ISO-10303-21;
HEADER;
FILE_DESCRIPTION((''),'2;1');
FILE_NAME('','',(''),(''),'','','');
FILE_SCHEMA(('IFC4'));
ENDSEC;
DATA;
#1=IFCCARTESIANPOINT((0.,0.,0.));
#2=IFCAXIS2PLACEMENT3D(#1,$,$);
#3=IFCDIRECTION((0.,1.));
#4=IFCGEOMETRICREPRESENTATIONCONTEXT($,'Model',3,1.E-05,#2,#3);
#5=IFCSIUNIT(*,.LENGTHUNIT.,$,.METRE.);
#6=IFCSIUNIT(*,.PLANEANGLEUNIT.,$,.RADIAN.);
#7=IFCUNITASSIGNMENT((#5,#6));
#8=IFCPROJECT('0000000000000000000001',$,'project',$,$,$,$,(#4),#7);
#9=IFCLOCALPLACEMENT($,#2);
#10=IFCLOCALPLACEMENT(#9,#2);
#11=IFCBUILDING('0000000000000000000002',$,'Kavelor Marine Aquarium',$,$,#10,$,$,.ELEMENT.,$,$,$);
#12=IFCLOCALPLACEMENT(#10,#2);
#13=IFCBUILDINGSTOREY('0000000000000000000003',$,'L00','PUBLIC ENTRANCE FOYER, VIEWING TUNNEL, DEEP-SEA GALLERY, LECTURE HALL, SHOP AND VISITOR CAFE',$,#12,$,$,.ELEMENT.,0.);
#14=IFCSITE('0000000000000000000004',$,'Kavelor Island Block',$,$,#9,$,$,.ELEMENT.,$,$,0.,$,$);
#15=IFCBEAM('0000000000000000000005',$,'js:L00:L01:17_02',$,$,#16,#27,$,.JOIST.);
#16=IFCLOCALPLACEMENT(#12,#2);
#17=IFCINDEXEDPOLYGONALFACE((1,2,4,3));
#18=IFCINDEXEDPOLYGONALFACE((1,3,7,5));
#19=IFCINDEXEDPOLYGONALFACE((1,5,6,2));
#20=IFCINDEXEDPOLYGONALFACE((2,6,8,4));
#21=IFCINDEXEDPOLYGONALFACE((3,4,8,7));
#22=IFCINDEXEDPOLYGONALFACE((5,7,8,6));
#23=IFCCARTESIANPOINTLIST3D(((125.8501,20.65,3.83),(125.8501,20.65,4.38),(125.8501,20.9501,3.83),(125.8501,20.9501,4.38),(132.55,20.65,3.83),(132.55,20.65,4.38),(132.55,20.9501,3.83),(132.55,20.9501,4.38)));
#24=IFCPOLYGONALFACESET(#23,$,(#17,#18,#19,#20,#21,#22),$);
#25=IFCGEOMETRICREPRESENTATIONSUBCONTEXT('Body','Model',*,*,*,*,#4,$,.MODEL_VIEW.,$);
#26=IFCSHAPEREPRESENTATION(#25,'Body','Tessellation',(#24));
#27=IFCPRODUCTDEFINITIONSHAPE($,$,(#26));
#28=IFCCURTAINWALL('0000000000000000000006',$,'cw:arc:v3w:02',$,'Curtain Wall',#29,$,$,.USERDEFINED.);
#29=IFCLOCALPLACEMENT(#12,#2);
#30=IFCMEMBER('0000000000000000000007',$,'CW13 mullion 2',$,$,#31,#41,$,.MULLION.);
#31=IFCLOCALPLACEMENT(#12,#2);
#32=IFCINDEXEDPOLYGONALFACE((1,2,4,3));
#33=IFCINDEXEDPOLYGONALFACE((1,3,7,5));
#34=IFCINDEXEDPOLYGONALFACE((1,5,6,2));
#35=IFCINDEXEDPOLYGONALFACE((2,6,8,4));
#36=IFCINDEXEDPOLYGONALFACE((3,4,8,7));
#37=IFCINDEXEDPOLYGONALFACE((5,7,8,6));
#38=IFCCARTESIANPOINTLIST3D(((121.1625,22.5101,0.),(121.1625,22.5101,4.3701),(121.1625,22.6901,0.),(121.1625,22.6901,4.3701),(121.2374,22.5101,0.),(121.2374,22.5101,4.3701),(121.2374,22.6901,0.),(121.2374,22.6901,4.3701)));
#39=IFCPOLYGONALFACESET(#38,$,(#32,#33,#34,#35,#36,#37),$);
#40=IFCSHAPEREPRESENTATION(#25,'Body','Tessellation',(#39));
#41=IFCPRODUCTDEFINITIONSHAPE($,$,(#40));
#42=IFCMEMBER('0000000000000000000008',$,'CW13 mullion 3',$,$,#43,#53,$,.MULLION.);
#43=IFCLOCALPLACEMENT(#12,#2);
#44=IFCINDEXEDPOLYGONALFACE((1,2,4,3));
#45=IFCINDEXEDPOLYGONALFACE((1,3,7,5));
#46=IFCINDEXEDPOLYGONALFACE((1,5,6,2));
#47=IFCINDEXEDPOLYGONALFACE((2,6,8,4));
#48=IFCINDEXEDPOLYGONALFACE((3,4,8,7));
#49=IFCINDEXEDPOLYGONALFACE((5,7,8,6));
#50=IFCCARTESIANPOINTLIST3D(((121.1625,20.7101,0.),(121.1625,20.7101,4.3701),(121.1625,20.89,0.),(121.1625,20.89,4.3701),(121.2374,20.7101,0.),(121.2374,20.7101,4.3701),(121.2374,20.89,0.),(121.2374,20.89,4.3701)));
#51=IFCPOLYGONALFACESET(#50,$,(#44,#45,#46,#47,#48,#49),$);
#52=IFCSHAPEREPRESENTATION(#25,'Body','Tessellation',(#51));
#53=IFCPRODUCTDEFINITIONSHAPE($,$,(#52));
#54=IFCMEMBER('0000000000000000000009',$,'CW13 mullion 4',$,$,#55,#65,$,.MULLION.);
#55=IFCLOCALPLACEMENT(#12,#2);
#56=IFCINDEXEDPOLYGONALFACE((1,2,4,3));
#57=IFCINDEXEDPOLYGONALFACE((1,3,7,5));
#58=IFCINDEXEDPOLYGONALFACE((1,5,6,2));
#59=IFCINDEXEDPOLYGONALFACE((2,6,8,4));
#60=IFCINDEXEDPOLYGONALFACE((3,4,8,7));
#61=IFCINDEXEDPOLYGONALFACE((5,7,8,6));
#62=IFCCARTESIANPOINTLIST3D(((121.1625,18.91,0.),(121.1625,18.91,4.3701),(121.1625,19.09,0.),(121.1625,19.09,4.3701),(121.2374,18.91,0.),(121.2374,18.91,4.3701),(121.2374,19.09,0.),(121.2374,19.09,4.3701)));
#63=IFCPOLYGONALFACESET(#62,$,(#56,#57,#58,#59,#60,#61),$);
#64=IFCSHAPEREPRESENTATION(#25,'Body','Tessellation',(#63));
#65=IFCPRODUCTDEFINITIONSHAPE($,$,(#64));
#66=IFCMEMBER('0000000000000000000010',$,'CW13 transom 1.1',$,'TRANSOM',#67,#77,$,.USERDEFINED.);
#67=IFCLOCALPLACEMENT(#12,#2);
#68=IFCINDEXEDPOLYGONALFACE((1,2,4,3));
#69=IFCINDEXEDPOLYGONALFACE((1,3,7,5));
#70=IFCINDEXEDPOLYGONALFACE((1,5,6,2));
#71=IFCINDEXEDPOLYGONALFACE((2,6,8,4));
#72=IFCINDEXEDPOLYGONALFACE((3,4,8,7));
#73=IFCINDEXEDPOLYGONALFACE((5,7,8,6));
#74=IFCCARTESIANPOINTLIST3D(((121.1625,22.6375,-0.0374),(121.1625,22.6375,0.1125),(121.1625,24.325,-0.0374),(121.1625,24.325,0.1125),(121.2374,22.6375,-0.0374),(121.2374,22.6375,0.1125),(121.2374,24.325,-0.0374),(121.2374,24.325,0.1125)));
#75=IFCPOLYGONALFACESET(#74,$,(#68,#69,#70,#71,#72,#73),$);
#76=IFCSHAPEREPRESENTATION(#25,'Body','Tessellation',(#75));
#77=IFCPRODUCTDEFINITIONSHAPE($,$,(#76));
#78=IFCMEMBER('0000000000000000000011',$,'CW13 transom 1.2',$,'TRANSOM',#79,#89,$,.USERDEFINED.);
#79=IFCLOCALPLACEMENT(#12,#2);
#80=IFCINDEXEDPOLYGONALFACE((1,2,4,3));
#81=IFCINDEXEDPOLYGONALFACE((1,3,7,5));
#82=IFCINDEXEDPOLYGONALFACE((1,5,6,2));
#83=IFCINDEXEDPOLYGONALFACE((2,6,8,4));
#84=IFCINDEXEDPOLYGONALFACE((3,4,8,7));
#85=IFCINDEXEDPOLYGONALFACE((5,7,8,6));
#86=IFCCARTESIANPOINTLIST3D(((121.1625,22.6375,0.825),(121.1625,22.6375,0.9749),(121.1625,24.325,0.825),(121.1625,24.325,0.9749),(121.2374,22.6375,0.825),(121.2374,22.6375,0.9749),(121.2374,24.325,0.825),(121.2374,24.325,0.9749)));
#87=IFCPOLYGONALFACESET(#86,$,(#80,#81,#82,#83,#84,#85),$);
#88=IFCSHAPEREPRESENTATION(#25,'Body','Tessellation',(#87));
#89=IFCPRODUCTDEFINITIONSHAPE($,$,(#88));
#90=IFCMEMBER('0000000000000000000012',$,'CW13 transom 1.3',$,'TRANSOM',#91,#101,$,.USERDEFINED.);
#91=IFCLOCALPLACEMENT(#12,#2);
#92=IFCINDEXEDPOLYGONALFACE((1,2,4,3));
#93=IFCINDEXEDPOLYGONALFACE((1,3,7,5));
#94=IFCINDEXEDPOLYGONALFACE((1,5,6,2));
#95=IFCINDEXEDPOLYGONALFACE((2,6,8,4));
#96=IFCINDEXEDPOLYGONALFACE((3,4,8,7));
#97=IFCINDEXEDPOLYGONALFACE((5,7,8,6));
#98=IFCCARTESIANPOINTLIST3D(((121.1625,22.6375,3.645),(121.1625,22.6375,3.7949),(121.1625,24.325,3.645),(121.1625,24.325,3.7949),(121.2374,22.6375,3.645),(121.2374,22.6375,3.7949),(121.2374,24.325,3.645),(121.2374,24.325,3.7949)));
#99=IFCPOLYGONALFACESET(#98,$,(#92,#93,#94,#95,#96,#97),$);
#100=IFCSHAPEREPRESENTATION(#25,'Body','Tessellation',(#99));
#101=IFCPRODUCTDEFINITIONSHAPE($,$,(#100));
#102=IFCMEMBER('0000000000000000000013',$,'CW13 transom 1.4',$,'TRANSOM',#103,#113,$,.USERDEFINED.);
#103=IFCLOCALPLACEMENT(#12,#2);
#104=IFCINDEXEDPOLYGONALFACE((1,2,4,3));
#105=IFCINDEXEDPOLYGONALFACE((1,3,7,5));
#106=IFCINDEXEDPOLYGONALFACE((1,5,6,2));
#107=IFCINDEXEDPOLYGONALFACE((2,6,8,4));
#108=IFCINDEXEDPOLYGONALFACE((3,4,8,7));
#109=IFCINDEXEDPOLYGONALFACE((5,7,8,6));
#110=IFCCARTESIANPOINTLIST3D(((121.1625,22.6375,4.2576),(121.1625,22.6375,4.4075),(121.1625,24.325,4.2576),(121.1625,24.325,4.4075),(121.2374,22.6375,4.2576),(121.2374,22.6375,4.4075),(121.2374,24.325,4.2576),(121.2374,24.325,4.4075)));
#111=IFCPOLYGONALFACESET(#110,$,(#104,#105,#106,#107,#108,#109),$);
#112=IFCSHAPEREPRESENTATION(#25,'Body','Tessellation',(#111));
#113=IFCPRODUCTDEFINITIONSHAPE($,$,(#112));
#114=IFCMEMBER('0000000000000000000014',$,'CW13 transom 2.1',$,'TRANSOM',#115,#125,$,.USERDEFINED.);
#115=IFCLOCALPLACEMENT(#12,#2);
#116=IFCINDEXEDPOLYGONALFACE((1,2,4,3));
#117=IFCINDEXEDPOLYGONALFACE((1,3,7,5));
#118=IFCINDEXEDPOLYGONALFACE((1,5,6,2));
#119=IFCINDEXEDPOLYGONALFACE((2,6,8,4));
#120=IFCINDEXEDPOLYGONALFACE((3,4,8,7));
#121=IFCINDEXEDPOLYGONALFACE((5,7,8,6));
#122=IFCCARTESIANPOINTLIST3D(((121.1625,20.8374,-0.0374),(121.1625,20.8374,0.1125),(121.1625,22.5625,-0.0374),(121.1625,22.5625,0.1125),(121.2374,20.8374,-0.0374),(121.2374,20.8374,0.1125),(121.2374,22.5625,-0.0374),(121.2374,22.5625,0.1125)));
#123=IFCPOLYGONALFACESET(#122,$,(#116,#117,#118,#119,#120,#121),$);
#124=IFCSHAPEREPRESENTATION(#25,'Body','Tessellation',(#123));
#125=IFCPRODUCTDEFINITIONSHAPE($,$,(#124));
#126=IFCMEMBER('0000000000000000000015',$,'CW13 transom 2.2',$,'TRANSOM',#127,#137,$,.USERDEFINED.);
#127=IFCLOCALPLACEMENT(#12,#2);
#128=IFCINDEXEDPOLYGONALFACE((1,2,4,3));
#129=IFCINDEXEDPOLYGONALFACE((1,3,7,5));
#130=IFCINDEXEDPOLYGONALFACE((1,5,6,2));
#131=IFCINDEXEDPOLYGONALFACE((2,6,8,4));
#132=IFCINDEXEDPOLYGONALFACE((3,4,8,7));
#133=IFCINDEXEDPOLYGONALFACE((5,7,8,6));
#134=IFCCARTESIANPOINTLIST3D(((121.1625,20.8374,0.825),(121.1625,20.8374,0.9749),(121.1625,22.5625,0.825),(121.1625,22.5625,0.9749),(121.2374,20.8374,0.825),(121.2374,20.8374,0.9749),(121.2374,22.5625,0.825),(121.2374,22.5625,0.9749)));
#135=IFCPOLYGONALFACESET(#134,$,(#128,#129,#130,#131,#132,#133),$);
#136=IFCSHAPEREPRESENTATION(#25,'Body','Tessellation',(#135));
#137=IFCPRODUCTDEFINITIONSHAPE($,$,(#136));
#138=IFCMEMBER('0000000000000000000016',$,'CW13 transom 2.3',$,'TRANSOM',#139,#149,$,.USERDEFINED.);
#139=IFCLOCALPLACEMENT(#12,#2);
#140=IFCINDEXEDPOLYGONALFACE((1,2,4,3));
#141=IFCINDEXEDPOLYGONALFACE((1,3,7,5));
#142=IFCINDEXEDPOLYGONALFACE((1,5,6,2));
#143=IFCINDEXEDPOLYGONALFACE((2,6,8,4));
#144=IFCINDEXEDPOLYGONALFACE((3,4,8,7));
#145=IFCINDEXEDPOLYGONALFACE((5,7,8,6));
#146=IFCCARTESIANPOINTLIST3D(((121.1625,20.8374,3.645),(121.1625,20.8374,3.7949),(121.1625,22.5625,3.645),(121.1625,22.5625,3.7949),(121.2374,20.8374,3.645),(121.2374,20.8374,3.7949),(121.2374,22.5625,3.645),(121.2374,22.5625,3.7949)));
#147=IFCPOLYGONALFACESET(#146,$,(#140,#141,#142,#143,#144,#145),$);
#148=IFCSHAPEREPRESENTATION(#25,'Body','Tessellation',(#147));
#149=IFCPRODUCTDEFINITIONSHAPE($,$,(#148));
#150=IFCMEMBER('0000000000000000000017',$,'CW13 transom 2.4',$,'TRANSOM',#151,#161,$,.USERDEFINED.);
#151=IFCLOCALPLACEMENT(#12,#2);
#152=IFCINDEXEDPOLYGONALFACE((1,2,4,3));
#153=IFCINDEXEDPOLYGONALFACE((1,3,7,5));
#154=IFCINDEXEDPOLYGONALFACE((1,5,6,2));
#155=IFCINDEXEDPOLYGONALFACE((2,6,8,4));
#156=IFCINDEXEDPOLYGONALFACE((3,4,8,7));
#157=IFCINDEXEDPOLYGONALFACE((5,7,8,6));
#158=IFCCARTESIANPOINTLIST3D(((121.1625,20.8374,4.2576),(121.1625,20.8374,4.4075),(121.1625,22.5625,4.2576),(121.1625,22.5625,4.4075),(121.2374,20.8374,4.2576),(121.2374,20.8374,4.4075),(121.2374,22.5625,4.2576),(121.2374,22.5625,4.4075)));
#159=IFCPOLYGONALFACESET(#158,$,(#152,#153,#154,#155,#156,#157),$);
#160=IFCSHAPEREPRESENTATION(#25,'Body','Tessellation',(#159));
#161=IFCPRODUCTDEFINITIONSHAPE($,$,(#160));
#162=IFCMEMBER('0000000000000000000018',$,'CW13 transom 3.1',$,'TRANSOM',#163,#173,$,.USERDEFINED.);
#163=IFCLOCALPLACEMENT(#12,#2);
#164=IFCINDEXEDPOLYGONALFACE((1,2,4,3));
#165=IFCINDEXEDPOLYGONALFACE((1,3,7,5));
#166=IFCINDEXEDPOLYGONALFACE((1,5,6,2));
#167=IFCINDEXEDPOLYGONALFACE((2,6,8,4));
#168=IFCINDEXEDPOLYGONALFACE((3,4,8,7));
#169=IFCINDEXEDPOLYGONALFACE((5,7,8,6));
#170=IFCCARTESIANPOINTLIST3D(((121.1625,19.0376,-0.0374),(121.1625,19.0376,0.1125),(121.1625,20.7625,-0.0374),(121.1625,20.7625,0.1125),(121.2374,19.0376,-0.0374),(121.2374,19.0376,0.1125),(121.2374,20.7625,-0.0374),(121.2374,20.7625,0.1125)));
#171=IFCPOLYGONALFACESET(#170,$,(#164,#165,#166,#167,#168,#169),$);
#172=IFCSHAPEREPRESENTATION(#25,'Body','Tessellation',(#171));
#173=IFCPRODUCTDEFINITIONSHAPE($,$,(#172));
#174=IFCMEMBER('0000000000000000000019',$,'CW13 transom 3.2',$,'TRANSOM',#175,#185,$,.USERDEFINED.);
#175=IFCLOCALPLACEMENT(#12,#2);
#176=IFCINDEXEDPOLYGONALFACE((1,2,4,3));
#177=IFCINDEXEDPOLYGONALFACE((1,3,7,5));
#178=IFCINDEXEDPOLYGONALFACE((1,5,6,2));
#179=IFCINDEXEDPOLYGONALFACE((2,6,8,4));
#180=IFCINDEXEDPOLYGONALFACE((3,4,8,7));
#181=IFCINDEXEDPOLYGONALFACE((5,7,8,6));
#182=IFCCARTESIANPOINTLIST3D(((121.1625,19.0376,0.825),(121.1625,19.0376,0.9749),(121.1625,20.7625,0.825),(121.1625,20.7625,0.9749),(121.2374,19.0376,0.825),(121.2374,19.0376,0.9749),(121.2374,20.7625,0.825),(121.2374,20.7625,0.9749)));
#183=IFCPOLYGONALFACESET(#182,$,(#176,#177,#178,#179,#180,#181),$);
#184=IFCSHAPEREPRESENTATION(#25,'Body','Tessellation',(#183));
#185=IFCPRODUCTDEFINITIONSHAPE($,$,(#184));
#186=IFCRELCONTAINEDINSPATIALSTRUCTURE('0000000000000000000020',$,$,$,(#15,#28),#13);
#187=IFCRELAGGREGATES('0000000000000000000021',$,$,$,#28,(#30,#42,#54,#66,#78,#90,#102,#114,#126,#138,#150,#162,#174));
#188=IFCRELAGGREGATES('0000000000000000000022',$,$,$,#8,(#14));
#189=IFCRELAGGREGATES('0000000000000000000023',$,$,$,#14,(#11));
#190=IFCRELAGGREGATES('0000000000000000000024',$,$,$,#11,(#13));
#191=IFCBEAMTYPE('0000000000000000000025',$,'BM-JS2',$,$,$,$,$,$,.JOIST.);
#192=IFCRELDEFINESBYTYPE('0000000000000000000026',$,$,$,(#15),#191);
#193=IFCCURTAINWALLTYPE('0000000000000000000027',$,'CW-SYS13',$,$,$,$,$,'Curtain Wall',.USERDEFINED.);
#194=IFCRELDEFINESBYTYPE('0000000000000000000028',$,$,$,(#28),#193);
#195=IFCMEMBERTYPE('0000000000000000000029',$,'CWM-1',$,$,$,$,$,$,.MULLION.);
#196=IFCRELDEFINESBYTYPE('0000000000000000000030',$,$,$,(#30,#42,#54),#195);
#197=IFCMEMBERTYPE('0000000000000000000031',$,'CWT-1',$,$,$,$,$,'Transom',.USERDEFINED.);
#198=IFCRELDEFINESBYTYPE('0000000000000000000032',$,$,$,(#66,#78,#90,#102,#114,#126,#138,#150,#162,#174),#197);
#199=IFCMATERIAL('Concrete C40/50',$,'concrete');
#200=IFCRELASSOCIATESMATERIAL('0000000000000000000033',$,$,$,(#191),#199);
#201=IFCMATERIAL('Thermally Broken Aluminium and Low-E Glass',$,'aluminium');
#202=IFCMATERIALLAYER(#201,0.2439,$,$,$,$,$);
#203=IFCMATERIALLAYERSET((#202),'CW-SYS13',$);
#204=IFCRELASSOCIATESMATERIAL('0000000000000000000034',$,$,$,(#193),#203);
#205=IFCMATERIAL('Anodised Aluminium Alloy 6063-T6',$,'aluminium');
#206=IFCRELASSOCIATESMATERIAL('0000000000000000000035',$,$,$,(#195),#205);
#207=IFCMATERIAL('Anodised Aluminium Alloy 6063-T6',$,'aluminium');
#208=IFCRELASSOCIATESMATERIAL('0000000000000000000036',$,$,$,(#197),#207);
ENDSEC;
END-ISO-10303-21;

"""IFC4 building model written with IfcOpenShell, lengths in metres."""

from ifc_helpers import new_model, si_unit, direction, frame, origin, origin_2d, place, context, subcontext, project, spatial, rectangle, extrude, material, layer, layer_set, material_profile, profile_set, type_object, element, aggregate, save


model = new_model("IFC4")

# Units and contexts
model_context = context("Model", 3, precision=1e-05, world=origin(), true_north=direction((0.0, 1.0)))
body_context = subcontext(model_context, "Body", "Model", "MODEL_VIEW")
ifc_project = project(units=[si_unit("LENGTHUNIT", "METRE"), si_unit("PLANEANGLEUNIT", "RADIAN")], contexts=[model_context])

# Site, building, storey
site_placement = place(None, origin())
site = spatial("IfcSite", under=ifc_project, at=site_placement, Name="Kavelor Island Block", CompositionType="ELEMENT", RefElevation=0.0)
building_placement = place(site_placement, origin())
building = spatial("IfcBuilding", under=site, at=building_placement, Name="Kavelor Marine Aquarium", CompositionType="ELEMENT")
storey_placement = place(building_placement, origin())
storey = spatial("IfcBuildingStorey", under=building, at=storey_placement, Name="L00", Description="PUBLIC ENTRANCE FOYER, VIEWING TUNNEL, DEEP-SEA GALLERY, LECTURE HALL, SHOP AND VISITOR CAFE", CompositionType="ELEMENT", Elevation=0.0)

# Beam
ifc_material_1 = material(Name="Concrete C40/50", Category="concrete")
ifc_material_profile_1 = material_profile(ifc_material_1, rectangle(XDim=0.3, YDim=0.55, at=origin_2d()), Name="RC-JS 300x550")
ifc_profile_set_1 = profile_set([ifc_material_profile_1], Name="Concrete C40/50")
beam_type_1 = type_object("IfcBeamType", Name="BM-JS2", PredefinedType="JOIST", material=ifc_profile_set_1)
beam_placement = place(storey_placement, frame((125.8501, 20.8, 4.105), z_axis=(1.0, 0.0, 0.0), x_axis=(0.0, 1.0, 0.0)))
element("IfcBeam", 1, at=beam_placement, inside=storey, type_object=beam_type_1, Name="js:L00:L01:17_02", PredefinedType="JOIST", context=body_context, shape_type="SweptSolid", body=[
    extrude(rectangle(XDim=0.3, YDim=0.55, at=origin_2d()), origin(), (0.0, 0.0, 1.0), 6.7),
])

# Curtain wall, members
ifc_material_2 = material(Name="Thermally Broken Aluminium and Low-E Glass", Category="aluminium")
ifc_layer_1 = layer(ifc_material_2, 0.2439)
ifc_layer_set_1 = layer_set([ifc_layer_1], Name="CW-SYS13")
curtain_wall_type = type_object("IfcCurtainWallType", Name="CW-SYS13", ElementType="Curtain Wall", PredefinedType="USERDEFINED", material=ifc_layer_set_1)
curtain_wall_placement = place(storey_placement, origin())
curtain_wall = element("IfcCurtainWall", 2, at=curtain_wall_placement, inside=storey, type_object=curtain_wall_type, Name="cw:arc:v3w:02", ObjectType="Curtain Wall", PredefinedType="USERDEFINED")
ifc_material_3 = material(Name="Anodised Aluminium Alloy 6063-T6", Category="aluminium")
ifc_material_profile_2 = material_profile(ifc_material_3, rectangle(XDim=0.075, YDim=0.1799, at=origin_2d()), Name="CW-MUL 75x180")
ifc_profile_set_2 = profile_set([ifc_material_profile_2], Name="Anodised Aluminium Alloy 6063-T6")
member_type_1 = type_object("IfcMemberType", Name="CWM-1", PredefinedType="MULLION", material=ifc_profile_set_2)
member_1_placement = place(storey_placement, frame((121.2, 22.6001, 0.0), z_axis=(0.0, 0.0, 1.0), x_axis=(1.0, 0.0, 0.0)))
member_1 = element("IfcMember", 3, at=member_1_placement, type_object=member_type_1, Name="CW13 mullion 2", PredefinedType="MULLION", context=body_context, shape_type="SweptSolid", body=[
    extrude(rectangle(XDim=0.075, YDim=0.1799, at=origin_2d()), origin(), (0.0, 0.0, 1.0), 4.3701),
])
member_2_placement = place(storey_placement, frame((121.2, 20.8, 0.0), z_axis=(0.0, 0.0, 1.0), x_axis=(1.0, 0.0, 0.0)))
member_2 = element("IfcMember", 4, at=member_2_placement, type_object=member_type_1, Name="CW13 mullion 3", PredefinedType="MULLION", context=body_context, shape_type="SweptSolid", body=[
    extrude(rectangle(XDim=0.075, YDim=0.1799, at=origin_2d()), origin(), (0.0, 0.0, 1.0), 4.3701),
])
member_3_placement = place(storey_placement, frame((121.2, 19.0, 0.0), z_axis=(0.0, 0.0, 1.0), x_axis=(1.0, 0.0, 0.0)))
member_3 = element("IfcMember", 5, at=member_3_placement, type_object=member_type_1, Name="CW13 mullion 4", PredefinedType="MULLION", context=body_context, shape_type="SweptSolid", body=[
    extrude(rectangle(XDim=0.075, YDim=0.1799, at=origin_2d()), origin(), (0.0, 0.0, 1.0), 4.3701),
])
ifc_material_4 = material(Name="Anodised Aluminium Alloy 6063-T6", Category="aluminium")
ifc_material_profile_3 = material_profile(ifc_material_4, rectangle(XDim=0.075, YDim=0.1499, at=origin_2d()), Name="CW-TRN 75x150")
ifc_profile_set_3 = profile_set([ifc_material_profile_3], Name="Anodised Aluminium Alloy 6063-T6")
member_type_2 = type_object("IfcMemberType", Name="CWT-1", ElementType="Transom", PredefinedType="USERDEFINED", material=ifc_profile_set_3)
member_4_placement = place(storey_placement, frame((121.2, 24.325, 0.0376), z_axis=(0.0, -1.0, 0.0), x_axis=(1.0, 0.0, 0.0)))
member_4 = element("IfcMember", 6, at=member_4_placement, type_object=member_type_2, Name="CW13 transom 1.1", ObjectType="TRANSOM", PredefinedType="USERDEFINED", context=body_context, shape_type="SweptSolid", body=[
    extrude(rectangle(XDim=0.075, YDim=0.1499, at=origin_2d()), origin(), (0.0, 0.0, 1.0), 1.6875),
])
member_5_placement = place(storey_placement, frame((121.2, 24.325, 0.8999), z_axis=(0.0, -1.0, 0.0), x_axis=(1.0, 0.0, 0.0)))
member_5 = element("IfcMember", 7, at=member_5_placement, type_object=member_type_2, Name="CW13 transom 1.2", ObjectType="TRANSOM", PredefinedType="USERDEFINED", context=body_context, shape_type="SweptSolid", body=[
    extrude(rectangle(XDim=0.075, YDim=0.1499, at=origin_2d()), origin(), (0.0, 0.0, 1.0), 1.6875),
])
member_6_placement = place(storey_placement, frame((121.2, 24.325, 3.72), z_axis=(0.0, -1.0, 0.0), x_axis=(1.0, 0.0, 0.0)))
member_6 = element("IfcMember", 8, at=member_6_placement, type_object=member_type_2, Name="CW13 transom 1.3", ObjectType="TRANSOM", PredefinedType="USERDEFINED", context=body_context, shape_type="SweptSolid", body=[
    extrude(rectangle(XDim=0.075, YDim=0.1499, at=origin_2d()), origin(), (0.0, 0.0, 1.0), 1.6875),
])
member_7_placement = place(storey_placement, frame((121.2, 24.325, 4.3325), z_axis=(0.0, -1.0, 0.0), x_axis=(1.0, 0.0, 0.0)))
member_7 = element("IfcMember", 9, at=member_7_placement, type_object=member_type_2, Name="CW13 transom 1.4", ObjectType="TRANSOM", PredefinedType="USERDEFINED", context=body_context, shape_type="SweptSolid", body=[
    extrude(rectangle(XDim=0.075, YDim=0.1499, at=origin_2d()), origin(), (0.0, 0.0, 1.0), 1.6875),
])
member_8_placement = place(storey_placement, frame((121.2, 22.5625, 0.0376), z_axis=(0.0, -1.0, 0.0), x_axis=(1.0, 0.0, 0.0)))
member_8 = element("IfcMember", 10, at=member_8_placement, type_object=member_type_2, Name="CW13 transom 2.1", ObjectType="TRANSOM", PredefinedType="USERDEFINED", context=body_context, shape_type="SweptSolid", body=[
    extrude(rectangle(XDim=0.075, YDim=0.1499, at=origin_2d()), origin(), (0.0, 0.0, 1.0), 1.7251),
])
member_9_placement = place(storey_placement, frame((121.2, 22.5625, 0.8999), z_axis=(0.0, -1.0, 0.0), x_axis=(1.0, 0.0, 0.0)))
member_9 = element("IfcMember", 11, at=member_9_placement, type_object=member_type_2, Name="CW13 transom 2.2", ObjectType="TRANSOM", PredefinedType="USERDEFINED", context=body_context, shape_type="SweptSolid", body=[
    extrude(rectangle(XDim=0.075, YDim=0.1499, at=origin_2d()), origin(), (0.0, 0.0, 1.0), 1.7251),
])
member_10_placement = place(storey_placement, frame((121.2, 22.5625, 3.72), z_axis=(0.0, -1.0, 0.0), x_axis=(1.0, 0.0, 0.0)))
member_10 = element("IfcMember", 12, at=member_10_placement, type_object=member_type_2, Name="CW13 transom 2.3", ObjectType="TRANSOM", PredefinedType="USERDEFINED", context=body_context, shape_type="SweptSolid", body=[
    extrude(rectangle(XDim=0.075, YDim=0.1499, at=origin_2d()), origin(), (0.0, 0.0, 1.0), 1.7251),
])
member_11_placement = place(storey_placement, frame((121.2, 22.5625, 4.3325), z_axis=(0.0, -1.0, 0.0), x_axis=(1.0, 0.0, 0.0)))
member_11 = element("IfcMember", 13, at=member_11_placement, type_object=member_type_2, Name="CW13 transom 2.4", ObjectType="TRANSOM", PredefinedType="USERDEFINED", context=body_context, shape_type="SweptSolid", body=[
    extrude(rectangle(XDim=0.075, YDim=0.1499, at=origin_2d()), origin(), (0.0, 0.0, 1.0), 1.7251),
])
member_12_placement = place(storey_placement, frame((121.2, 20.7625, 0.0376), z_axis=(0.0, -1.0, 0.0), x_axis=(1.0, 0.0, 0.0)))
member_12 = element("IfcMember", 14, at=member_12_placement, type_object=member_type_2, Name="CW13 transom 3.1", ObjectType="TRANSOM", PredefinedType="USERDEFINED", context=body_context, shape_type="SweptSolid", body=[
    extrude(rectangle(XDim=0.075, YDim=0.1499, at=origin_2d()), origin(), (0.0, 0.0, 1.0), 1.7249),
])
member_13_placement = place(storey_placement, frame((121.2, 20.7625, 0.8999), z_axis=(0.0, -1.0, 0.0), x_axis=(1.0, 0.0, 0.0)))
member_13 = element("IfcMember", 15, at=member_13_placement, type_object=member_type_2, Name="CW13 transom 3.2", ObjectType="TRANSOM", PredefinedType="USERDEFINED", context=body_context, shape_type="SweptSolid", body=[
    extrude(rectangle(XDim=0.075, YDim=0.1499, at=origin_2d()), origin(), (0.0, 0.0, 1.0), 1.7249),
])
aggregate(curtain_wall, [member_1, member_2, member_3, member_4, member_5, member_6, member_7, member_8, member_9, member_10, member_11, member_12, member_13])

save(model, "model.ifc")
